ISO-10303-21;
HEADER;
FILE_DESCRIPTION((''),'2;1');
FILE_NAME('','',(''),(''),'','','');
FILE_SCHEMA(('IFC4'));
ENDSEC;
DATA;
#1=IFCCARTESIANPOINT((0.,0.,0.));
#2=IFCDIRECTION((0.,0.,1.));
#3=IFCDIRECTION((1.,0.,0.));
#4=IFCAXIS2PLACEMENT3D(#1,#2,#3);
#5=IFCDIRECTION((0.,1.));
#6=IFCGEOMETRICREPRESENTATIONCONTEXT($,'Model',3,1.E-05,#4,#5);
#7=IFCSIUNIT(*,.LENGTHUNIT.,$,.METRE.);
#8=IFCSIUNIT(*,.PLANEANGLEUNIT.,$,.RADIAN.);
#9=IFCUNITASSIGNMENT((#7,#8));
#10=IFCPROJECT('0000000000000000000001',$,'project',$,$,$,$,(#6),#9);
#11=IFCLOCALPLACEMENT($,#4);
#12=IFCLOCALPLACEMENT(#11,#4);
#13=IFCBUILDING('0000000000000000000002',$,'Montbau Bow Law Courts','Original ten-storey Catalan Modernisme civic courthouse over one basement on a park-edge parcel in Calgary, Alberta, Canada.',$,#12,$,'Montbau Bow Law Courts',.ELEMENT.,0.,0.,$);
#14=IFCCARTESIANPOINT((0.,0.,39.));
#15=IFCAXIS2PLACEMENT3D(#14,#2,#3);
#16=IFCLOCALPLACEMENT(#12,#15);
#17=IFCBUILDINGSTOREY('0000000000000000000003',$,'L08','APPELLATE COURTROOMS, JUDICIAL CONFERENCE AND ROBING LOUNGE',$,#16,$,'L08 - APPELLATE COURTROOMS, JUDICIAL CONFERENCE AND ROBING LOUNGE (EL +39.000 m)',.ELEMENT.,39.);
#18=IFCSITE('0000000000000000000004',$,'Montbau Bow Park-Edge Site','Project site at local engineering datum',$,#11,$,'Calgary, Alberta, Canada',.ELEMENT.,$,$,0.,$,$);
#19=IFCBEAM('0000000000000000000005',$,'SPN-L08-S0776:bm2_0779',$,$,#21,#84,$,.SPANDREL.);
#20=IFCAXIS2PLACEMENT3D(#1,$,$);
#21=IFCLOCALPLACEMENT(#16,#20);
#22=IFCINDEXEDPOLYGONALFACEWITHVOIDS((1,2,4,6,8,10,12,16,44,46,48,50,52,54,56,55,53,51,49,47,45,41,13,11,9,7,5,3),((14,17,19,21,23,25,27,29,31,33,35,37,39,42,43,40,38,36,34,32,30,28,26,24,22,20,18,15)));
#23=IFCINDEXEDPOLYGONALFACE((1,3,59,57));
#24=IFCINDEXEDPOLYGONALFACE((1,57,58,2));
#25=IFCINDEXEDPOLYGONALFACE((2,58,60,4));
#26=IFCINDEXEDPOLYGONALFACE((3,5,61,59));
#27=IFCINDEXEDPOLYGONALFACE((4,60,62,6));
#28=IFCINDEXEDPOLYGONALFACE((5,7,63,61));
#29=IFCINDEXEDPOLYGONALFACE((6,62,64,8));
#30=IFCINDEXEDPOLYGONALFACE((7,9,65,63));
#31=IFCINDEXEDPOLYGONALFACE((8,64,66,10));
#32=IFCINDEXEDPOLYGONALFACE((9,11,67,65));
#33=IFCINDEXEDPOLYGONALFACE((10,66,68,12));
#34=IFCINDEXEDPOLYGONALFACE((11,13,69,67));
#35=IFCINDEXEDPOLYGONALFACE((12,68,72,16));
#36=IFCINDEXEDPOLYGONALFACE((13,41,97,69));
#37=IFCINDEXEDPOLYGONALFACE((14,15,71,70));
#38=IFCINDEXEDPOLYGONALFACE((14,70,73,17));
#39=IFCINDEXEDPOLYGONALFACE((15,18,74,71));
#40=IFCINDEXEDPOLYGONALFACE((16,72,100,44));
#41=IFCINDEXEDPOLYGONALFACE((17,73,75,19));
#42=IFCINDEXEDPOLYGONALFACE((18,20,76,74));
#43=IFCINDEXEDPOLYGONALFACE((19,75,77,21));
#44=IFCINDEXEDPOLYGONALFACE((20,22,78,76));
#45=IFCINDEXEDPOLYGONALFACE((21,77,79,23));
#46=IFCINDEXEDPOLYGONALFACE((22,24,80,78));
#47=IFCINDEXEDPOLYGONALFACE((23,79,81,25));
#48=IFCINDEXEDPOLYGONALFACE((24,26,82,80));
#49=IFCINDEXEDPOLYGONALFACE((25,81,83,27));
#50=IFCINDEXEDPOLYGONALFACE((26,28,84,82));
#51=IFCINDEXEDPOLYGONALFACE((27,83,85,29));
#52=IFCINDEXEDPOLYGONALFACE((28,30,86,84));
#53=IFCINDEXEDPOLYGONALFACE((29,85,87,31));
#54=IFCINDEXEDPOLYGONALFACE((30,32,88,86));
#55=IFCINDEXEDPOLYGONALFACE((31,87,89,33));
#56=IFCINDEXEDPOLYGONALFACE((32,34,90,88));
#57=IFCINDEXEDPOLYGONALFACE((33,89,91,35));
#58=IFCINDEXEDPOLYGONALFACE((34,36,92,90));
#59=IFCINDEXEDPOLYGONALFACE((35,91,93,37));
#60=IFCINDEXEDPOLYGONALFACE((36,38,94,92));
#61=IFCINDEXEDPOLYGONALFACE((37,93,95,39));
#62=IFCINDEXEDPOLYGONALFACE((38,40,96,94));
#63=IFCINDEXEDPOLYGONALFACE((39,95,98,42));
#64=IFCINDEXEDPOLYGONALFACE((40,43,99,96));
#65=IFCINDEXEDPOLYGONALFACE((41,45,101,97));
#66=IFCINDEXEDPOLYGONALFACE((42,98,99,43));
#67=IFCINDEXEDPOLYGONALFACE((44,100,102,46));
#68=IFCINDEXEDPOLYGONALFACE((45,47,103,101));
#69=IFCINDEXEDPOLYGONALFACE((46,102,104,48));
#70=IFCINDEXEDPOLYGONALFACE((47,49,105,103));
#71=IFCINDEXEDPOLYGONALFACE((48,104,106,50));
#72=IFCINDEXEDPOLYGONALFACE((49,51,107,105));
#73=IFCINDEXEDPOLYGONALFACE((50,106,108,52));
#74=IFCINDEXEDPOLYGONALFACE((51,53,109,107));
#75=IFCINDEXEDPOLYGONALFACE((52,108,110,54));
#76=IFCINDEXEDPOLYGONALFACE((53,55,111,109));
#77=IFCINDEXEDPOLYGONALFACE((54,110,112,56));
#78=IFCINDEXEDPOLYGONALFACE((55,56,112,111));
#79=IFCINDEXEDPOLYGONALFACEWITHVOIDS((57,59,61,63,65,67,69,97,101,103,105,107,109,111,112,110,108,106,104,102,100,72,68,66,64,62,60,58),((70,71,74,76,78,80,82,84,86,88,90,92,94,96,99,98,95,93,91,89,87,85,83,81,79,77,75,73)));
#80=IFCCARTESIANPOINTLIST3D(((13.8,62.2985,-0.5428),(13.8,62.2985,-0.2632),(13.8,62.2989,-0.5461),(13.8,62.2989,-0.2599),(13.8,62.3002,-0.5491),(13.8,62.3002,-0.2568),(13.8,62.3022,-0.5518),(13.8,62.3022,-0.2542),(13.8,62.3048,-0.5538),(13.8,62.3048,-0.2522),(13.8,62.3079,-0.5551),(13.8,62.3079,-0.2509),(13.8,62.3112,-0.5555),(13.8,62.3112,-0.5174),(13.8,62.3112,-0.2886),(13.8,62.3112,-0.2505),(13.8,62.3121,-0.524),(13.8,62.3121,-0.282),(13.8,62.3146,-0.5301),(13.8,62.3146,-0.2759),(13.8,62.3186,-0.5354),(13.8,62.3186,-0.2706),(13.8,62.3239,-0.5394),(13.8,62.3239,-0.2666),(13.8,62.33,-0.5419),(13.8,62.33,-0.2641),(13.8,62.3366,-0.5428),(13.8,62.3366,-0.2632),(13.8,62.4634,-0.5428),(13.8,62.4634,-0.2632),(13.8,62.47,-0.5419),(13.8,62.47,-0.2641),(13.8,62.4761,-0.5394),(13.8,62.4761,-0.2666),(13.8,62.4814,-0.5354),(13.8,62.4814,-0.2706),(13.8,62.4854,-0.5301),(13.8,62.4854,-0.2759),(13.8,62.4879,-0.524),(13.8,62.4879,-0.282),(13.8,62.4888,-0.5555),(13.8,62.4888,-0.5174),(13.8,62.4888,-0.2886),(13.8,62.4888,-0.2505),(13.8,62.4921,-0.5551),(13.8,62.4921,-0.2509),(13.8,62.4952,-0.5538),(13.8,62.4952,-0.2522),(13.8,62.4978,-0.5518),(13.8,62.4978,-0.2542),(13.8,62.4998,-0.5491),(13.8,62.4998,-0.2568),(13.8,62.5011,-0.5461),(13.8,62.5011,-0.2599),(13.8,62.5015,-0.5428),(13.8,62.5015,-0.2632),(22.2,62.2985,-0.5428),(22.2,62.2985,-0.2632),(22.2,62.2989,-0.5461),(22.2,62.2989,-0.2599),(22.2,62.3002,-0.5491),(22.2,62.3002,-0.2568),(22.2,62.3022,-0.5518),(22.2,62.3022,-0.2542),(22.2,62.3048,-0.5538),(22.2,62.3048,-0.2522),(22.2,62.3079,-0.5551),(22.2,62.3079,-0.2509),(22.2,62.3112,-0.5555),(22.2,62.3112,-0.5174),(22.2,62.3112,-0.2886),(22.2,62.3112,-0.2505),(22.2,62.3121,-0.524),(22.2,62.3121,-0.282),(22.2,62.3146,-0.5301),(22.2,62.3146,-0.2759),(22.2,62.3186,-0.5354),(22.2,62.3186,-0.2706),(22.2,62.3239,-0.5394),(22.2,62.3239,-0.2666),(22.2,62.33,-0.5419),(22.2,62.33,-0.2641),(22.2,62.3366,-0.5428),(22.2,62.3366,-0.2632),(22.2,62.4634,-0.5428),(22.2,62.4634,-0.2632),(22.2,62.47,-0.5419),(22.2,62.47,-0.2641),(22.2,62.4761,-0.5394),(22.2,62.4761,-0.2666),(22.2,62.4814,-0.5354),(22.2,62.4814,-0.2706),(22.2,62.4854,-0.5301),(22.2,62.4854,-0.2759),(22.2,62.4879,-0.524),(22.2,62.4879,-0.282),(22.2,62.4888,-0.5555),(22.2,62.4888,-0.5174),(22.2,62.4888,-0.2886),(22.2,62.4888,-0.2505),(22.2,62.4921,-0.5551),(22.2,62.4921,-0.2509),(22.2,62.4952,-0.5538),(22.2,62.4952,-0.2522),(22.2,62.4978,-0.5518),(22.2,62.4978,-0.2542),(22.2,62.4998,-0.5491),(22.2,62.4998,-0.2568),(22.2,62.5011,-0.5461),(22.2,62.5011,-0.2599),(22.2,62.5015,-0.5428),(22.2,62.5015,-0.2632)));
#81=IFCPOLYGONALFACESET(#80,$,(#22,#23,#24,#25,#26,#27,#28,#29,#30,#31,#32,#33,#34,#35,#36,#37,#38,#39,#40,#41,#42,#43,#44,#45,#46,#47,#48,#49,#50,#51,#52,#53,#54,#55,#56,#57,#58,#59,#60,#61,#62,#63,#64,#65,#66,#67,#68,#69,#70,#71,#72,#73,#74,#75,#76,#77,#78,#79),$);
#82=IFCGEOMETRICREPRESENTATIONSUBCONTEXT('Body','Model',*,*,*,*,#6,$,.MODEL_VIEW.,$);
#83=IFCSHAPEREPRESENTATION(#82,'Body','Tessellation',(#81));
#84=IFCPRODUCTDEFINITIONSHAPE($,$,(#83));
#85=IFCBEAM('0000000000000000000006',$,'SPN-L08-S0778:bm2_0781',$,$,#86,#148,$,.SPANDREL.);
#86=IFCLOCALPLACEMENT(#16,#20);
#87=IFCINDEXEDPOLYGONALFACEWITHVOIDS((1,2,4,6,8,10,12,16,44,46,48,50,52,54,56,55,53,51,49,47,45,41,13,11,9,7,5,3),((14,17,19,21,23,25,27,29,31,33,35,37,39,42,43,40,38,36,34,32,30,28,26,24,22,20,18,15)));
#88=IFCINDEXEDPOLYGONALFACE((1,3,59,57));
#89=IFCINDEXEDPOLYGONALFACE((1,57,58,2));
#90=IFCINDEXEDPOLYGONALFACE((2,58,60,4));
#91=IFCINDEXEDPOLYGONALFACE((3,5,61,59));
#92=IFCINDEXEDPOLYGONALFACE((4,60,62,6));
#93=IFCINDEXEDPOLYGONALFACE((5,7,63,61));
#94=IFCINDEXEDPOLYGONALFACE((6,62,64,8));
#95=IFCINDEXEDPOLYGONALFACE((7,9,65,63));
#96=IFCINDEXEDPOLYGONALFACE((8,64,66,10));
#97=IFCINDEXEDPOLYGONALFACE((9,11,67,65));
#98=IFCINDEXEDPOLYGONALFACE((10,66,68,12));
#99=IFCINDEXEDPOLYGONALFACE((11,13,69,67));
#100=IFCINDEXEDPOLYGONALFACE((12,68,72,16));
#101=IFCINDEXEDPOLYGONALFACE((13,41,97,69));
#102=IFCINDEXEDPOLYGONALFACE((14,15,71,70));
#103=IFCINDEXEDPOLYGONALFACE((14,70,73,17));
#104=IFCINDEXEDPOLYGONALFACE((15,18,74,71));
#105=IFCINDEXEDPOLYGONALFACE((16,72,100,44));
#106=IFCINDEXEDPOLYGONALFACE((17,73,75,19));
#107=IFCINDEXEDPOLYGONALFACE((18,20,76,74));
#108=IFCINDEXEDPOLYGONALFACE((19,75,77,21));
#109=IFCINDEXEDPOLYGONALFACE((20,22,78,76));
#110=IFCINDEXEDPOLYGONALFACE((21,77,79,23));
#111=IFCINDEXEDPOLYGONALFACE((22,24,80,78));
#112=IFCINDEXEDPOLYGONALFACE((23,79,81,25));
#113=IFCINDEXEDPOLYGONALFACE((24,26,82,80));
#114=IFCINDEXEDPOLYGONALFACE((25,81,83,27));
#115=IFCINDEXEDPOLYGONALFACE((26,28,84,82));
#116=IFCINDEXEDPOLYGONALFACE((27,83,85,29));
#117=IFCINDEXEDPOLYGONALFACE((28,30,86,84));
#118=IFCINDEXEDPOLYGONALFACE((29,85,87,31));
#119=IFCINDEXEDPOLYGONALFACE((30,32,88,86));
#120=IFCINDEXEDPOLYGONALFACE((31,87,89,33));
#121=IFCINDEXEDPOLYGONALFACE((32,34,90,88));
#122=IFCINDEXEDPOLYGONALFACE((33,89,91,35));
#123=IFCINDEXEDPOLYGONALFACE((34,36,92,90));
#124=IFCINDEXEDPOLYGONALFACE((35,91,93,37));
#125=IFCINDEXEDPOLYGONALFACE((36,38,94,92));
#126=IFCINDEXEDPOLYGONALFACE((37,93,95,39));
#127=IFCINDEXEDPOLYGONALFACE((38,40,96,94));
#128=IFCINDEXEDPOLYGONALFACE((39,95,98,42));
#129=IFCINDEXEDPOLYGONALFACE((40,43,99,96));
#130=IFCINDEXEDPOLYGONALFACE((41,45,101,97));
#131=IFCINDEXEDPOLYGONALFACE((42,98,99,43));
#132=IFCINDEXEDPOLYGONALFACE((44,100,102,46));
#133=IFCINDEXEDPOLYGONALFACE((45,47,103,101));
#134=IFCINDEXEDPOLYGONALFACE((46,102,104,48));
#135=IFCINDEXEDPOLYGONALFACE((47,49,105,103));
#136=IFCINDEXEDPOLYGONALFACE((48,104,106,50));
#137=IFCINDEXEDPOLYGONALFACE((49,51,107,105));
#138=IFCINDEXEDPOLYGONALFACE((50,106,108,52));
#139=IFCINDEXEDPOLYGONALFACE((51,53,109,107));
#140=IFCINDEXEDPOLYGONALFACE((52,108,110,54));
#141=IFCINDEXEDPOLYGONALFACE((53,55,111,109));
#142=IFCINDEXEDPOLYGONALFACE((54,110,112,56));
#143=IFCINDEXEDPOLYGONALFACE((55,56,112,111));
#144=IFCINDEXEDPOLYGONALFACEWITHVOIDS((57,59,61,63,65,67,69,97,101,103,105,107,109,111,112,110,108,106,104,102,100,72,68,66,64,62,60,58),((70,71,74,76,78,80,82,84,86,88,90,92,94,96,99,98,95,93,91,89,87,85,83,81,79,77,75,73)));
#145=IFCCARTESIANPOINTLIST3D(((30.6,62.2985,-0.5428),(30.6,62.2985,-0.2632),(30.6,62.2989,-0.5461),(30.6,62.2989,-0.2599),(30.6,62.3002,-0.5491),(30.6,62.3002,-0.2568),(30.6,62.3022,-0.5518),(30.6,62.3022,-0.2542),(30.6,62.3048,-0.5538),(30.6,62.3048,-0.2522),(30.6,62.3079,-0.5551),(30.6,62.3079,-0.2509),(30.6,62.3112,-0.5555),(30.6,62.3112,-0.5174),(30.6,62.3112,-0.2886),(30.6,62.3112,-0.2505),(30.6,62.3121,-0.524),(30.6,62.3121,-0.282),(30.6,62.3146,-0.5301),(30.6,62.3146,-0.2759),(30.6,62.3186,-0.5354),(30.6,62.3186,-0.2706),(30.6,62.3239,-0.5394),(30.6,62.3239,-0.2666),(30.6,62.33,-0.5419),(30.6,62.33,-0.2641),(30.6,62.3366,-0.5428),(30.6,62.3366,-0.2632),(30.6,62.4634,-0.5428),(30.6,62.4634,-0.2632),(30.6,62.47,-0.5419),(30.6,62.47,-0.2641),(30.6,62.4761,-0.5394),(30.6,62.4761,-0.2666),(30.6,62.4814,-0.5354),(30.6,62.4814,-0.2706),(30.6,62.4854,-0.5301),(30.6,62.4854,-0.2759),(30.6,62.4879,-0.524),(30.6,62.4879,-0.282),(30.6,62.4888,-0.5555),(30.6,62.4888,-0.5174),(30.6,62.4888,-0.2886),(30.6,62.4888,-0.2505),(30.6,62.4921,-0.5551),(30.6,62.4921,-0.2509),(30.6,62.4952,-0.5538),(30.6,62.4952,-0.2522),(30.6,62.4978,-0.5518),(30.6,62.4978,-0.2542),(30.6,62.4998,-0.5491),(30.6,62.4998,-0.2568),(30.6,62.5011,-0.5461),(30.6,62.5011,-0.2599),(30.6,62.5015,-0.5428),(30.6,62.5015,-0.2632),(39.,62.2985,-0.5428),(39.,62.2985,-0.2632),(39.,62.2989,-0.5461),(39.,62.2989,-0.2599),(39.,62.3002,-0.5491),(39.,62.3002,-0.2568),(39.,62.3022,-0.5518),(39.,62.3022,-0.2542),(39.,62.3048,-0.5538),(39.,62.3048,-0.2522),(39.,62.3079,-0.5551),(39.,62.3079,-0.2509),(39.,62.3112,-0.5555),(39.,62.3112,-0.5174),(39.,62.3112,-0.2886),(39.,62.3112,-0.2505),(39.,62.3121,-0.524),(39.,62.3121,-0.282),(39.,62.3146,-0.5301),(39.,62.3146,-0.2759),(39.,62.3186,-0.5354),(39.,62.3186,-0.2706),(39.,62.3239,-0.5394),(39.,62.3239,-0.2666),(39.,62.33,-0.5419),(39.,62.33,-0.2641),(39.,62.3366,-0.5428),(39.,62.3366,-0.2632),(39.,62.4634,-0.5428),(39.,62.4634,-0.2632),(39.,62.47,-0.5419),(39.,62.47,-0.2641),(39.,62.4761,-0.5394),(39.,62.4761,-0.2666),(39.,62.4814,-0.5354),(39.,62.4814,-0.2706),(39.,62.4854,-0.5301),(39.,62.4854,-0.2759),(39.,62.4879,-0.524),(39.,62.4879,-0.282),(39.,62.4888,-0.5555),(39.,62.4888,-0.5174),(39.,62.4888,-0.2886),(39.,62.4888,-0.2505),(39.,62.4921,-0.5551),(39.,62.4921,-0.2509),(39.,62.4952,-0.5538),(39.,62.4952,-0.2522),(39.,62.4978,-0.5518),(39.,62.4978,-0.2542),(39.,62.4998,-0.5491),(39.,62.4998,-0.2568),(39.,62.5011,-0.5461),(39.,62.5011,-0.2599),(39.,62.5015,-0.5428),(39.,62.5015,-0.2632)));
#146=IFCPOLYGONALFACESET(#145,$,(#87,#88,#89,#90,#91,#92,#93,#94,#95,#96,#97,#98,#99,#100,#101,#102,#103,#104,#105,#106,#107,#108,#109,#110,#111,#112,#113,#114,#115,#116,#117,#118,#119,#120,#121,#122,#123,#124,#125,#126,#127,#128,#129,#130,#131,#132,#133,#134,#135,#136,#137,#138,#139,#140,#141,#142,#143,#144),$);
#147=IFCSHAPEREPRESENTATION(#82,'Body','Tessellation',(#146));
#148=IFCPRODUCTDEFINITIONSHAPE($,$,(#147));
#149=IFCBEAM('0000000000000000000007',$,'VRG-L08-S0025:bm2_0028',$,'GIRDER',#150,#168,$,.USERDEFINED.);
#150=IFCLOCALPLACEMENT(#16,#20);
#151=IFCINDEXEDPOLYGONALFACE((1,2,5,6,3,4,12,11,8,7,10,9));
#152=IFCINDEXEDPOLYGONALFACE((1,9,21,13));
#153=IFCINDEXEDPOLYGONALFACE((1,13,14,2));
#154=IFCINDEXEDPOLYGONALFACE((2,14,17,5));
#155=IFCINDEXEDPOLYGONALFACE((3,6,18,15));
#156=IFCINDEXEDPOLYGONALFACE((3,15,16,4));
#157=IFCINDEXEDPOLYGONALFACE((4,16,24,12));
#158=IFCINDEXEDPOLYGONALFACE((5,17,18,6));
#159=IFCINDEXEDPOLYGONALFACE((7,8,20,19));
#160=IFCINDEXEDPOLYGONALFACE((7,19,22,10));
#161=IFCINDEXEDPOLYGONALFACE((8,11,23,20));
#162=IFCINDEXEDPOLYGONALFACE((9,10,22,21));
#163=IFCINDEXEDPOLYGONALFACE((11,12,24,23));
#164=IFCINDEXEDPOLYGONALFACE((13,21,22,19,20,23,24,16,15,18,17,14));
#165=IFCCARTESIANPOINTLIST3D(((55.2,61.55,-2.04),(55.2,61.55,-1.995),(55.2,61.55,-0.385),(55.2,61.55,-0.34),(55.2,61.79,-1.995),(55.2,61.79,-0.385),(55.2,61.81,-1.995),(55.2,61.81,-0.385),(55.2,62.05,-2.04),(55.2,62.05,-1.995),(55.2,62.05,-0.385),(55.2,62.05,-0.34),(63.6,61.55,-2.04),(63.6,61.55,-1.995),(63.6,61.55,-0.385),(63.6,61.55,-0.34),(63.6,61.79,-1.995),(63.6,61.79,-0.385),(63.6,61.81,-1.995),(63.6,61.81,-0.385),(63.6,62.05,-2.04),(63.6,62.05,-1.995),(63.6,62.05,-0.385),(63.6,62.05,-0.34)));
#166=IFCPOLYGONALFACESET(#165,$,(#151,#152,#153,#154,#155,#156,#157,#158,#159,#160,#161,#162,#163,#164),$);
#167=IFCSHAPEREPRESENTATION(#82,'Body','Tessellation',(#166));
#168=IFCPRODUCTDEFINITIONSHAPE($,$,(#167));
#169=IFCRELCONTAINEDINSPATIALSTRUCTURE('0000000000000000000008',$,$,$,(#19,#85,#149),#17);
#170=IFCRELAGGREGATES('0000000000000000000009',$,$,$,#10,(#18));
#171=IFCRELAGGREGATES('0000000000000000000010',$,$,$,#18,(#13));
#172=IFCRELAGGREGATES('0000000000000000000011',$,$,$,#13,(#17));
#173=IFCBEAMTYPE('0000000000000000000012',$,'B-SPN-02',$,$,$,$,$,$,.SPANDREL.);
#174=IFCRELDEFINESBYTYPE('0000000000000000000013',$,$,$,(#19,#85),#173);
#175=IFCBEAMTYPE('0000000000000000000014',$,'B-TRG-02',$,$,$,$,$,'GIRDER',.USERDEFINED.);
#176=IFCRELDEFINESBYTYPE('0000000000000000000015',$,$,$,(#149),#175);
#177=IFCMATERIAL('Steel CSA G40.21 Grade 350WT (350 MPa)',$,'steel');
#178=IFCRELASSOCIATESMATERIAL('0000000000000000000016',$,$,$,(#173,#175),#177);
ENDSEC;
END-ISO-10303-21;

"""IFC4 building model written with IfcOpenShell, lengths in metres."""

from ifc_helpers import new_model, si_unit, direction, frame, origin_with_axes, origin_2d_with_axis, place, context, subcontext, project, spatial, hollow_rectangle, i_section, extrude, material, material_profile, profile_set, type_object, element, save


model = new_model("IFC4")

# Units and contexts
model_context = context("Model", 3, precision=1e-05, world=origin_with_axes(), true_north=direction((0.0, 1.0)))
body_context = subcontext(model_context, "Body", "Model", "MODEL_VIEW")
ifc_project = project(units=[si_unit("LENGTHUNIT", "METRE"), si_unit("PLANEANGLEUNIT", "RADIAN")], contexts=[model_context])

# Site, building, storey
site_placement = place(None, origin_with_axes())
site = spatial("IfcSite", under=ifc_project, at=site_placement, Name="Montbau Bow Park-Edge Site", Description="Project site at local engineering datum", LongName="Calgary, Alberta, Canada", CompositionType="ELEMENT", RefElevation=0.0)
building_placement = place(site_placement, origin_with_axes())
building = spatial("IfcBuilding", under=site, at=building_placement, Name="Montbau Bow Law Courts", Description="Original ten-storey Catalan Modernisme civic courthouse over one basement on a park-edge parcel in Calgary, Alberta, Canada.", LongName="Montbau Bow Law Courts", CompositionType="ELEMENT", ElevationOfRefHeight=0.0, ElevationOfTerrain=0.0)
storey_placement = place(building_placement, frame((0.0, 0.0, 39.0), z_axis=(0.0, 0.0, 1.0), x_axis=(1.0, 0.0, 0.0)))
storey = spatial("IfcBuildingStorey", under=building, at=storey_placement, Name="L08", Description="APPELLATE COURTROOMS, JUDICIAL CONFERENCE AND ROBING LOUNGE", LongName="L08 - APPELLATE COURTROOMS, JUDICIAL CONFERENCE AND ROBING LOUNGE (EL +39.000 m)", CompositionType="ELEMENT", Elevation=39.0)

# Beams
ifc_material_1 = material(Name="Steel CSA G40.21 Grade 350WT (350 MPa)", Category="steel")
ifc_material_profile_1 = material_profile(ifc_material_1, hollow_rectangle(XDim=0.203, YDim=0.305, WallThickness=0.0127, InnerFilletRadius=0.0254, OuterFilletRadius=0.0127, at=origin_2d_with_axis()), Name="HSS305X203X13", Category="Main", Priority=0)
ifc_profile_set_1 = profile_set([ifc_material_profile_1], Name="Steel CSA G40.21 Grade 350WT (350 MPa)")
beam_type_1 = type_object("IfcBeamType", Name="B-SPN-02", PredefinedType="SPANDREL", material=ifc_profile_set_1)
for number, where, z_axis, x_axis, name in (
    (1, (13.8, 62.4, 38.597), (1.0, 0.0, 0.0), (0.0, 1.0, 0.0), "SPN-L08-S0776:bm2_0779"),
    (2, (30.6, 62.4, 38.597), (1.0, 0.0, 0.0), (0.0, 1.0, 0.0), "SPN-L08-S0778:bm2_0781"),
):
    element("IfcBeam", number, at=place(None, frame(where, z_axis=z_axis, x_axis=x_axis)), inside=storey, type_object=beam_type_1, Name=name, PredefinedType="SPANDREL", context=body_context, shape_type="SweptSolid", body=[
        extrude(hollow_rectangle(XDim=0.203, YDim=0.305, WallThickness=0.0127, InnerFilletRadius=0.0254, OuterFilletRadius=0.0127, at=origin_2d_with_axis()), origin_with_axes(), (0.0, 0.0, 1.0), 8.4),
    ])
ifc_material_profile_2 = material_profile(ifc_material_1, i_section(OverallWidth=0.5, OverallDepth=1.7, WebThickness=0.02, FlangeThickness=0.045, at=origin_2d_with_axis()), Name="WWF1700X480", Category="Main", Priority=0)
ifc_profile_set_2 = profile_set([ifc_material_profile_2], Name="Steel CSA G40.21 Grade 350WT (350 MPa)")
beam_type_2 = type_object("IfcBeamType", Name="B-TRG-02", ElementType="GIRDER", PredefinedType="USERDEFINED", material=ifc_profile_set_2)
beam_1_placement = place(None, frame((55.2, 61.8, 37.81), z_axis=(1.0, 0.0, 0.0), x_axis=(0.0, 1.0, 0.0)))
element("IfcBeam", 3, at=beam_1_placement, inside=storey, type_object=beam_type_2, Name="VRG-L08-S0025:bm2_0028", ObjectType="GIRDER", PredefinedType="USERDEFINED", context=body_context, shape_type="SweptSolid", body=[
    extrude(i_section(OverallWidth=0.5, OverallDepth=1.7, WebThickness=0.02, FlangeThickness=0.045, at=origin_2d_with_axis()), origin_with_axes(), (0.0, 0.0, 1.0), 8.4),
])

save(model, "model.ifc")
